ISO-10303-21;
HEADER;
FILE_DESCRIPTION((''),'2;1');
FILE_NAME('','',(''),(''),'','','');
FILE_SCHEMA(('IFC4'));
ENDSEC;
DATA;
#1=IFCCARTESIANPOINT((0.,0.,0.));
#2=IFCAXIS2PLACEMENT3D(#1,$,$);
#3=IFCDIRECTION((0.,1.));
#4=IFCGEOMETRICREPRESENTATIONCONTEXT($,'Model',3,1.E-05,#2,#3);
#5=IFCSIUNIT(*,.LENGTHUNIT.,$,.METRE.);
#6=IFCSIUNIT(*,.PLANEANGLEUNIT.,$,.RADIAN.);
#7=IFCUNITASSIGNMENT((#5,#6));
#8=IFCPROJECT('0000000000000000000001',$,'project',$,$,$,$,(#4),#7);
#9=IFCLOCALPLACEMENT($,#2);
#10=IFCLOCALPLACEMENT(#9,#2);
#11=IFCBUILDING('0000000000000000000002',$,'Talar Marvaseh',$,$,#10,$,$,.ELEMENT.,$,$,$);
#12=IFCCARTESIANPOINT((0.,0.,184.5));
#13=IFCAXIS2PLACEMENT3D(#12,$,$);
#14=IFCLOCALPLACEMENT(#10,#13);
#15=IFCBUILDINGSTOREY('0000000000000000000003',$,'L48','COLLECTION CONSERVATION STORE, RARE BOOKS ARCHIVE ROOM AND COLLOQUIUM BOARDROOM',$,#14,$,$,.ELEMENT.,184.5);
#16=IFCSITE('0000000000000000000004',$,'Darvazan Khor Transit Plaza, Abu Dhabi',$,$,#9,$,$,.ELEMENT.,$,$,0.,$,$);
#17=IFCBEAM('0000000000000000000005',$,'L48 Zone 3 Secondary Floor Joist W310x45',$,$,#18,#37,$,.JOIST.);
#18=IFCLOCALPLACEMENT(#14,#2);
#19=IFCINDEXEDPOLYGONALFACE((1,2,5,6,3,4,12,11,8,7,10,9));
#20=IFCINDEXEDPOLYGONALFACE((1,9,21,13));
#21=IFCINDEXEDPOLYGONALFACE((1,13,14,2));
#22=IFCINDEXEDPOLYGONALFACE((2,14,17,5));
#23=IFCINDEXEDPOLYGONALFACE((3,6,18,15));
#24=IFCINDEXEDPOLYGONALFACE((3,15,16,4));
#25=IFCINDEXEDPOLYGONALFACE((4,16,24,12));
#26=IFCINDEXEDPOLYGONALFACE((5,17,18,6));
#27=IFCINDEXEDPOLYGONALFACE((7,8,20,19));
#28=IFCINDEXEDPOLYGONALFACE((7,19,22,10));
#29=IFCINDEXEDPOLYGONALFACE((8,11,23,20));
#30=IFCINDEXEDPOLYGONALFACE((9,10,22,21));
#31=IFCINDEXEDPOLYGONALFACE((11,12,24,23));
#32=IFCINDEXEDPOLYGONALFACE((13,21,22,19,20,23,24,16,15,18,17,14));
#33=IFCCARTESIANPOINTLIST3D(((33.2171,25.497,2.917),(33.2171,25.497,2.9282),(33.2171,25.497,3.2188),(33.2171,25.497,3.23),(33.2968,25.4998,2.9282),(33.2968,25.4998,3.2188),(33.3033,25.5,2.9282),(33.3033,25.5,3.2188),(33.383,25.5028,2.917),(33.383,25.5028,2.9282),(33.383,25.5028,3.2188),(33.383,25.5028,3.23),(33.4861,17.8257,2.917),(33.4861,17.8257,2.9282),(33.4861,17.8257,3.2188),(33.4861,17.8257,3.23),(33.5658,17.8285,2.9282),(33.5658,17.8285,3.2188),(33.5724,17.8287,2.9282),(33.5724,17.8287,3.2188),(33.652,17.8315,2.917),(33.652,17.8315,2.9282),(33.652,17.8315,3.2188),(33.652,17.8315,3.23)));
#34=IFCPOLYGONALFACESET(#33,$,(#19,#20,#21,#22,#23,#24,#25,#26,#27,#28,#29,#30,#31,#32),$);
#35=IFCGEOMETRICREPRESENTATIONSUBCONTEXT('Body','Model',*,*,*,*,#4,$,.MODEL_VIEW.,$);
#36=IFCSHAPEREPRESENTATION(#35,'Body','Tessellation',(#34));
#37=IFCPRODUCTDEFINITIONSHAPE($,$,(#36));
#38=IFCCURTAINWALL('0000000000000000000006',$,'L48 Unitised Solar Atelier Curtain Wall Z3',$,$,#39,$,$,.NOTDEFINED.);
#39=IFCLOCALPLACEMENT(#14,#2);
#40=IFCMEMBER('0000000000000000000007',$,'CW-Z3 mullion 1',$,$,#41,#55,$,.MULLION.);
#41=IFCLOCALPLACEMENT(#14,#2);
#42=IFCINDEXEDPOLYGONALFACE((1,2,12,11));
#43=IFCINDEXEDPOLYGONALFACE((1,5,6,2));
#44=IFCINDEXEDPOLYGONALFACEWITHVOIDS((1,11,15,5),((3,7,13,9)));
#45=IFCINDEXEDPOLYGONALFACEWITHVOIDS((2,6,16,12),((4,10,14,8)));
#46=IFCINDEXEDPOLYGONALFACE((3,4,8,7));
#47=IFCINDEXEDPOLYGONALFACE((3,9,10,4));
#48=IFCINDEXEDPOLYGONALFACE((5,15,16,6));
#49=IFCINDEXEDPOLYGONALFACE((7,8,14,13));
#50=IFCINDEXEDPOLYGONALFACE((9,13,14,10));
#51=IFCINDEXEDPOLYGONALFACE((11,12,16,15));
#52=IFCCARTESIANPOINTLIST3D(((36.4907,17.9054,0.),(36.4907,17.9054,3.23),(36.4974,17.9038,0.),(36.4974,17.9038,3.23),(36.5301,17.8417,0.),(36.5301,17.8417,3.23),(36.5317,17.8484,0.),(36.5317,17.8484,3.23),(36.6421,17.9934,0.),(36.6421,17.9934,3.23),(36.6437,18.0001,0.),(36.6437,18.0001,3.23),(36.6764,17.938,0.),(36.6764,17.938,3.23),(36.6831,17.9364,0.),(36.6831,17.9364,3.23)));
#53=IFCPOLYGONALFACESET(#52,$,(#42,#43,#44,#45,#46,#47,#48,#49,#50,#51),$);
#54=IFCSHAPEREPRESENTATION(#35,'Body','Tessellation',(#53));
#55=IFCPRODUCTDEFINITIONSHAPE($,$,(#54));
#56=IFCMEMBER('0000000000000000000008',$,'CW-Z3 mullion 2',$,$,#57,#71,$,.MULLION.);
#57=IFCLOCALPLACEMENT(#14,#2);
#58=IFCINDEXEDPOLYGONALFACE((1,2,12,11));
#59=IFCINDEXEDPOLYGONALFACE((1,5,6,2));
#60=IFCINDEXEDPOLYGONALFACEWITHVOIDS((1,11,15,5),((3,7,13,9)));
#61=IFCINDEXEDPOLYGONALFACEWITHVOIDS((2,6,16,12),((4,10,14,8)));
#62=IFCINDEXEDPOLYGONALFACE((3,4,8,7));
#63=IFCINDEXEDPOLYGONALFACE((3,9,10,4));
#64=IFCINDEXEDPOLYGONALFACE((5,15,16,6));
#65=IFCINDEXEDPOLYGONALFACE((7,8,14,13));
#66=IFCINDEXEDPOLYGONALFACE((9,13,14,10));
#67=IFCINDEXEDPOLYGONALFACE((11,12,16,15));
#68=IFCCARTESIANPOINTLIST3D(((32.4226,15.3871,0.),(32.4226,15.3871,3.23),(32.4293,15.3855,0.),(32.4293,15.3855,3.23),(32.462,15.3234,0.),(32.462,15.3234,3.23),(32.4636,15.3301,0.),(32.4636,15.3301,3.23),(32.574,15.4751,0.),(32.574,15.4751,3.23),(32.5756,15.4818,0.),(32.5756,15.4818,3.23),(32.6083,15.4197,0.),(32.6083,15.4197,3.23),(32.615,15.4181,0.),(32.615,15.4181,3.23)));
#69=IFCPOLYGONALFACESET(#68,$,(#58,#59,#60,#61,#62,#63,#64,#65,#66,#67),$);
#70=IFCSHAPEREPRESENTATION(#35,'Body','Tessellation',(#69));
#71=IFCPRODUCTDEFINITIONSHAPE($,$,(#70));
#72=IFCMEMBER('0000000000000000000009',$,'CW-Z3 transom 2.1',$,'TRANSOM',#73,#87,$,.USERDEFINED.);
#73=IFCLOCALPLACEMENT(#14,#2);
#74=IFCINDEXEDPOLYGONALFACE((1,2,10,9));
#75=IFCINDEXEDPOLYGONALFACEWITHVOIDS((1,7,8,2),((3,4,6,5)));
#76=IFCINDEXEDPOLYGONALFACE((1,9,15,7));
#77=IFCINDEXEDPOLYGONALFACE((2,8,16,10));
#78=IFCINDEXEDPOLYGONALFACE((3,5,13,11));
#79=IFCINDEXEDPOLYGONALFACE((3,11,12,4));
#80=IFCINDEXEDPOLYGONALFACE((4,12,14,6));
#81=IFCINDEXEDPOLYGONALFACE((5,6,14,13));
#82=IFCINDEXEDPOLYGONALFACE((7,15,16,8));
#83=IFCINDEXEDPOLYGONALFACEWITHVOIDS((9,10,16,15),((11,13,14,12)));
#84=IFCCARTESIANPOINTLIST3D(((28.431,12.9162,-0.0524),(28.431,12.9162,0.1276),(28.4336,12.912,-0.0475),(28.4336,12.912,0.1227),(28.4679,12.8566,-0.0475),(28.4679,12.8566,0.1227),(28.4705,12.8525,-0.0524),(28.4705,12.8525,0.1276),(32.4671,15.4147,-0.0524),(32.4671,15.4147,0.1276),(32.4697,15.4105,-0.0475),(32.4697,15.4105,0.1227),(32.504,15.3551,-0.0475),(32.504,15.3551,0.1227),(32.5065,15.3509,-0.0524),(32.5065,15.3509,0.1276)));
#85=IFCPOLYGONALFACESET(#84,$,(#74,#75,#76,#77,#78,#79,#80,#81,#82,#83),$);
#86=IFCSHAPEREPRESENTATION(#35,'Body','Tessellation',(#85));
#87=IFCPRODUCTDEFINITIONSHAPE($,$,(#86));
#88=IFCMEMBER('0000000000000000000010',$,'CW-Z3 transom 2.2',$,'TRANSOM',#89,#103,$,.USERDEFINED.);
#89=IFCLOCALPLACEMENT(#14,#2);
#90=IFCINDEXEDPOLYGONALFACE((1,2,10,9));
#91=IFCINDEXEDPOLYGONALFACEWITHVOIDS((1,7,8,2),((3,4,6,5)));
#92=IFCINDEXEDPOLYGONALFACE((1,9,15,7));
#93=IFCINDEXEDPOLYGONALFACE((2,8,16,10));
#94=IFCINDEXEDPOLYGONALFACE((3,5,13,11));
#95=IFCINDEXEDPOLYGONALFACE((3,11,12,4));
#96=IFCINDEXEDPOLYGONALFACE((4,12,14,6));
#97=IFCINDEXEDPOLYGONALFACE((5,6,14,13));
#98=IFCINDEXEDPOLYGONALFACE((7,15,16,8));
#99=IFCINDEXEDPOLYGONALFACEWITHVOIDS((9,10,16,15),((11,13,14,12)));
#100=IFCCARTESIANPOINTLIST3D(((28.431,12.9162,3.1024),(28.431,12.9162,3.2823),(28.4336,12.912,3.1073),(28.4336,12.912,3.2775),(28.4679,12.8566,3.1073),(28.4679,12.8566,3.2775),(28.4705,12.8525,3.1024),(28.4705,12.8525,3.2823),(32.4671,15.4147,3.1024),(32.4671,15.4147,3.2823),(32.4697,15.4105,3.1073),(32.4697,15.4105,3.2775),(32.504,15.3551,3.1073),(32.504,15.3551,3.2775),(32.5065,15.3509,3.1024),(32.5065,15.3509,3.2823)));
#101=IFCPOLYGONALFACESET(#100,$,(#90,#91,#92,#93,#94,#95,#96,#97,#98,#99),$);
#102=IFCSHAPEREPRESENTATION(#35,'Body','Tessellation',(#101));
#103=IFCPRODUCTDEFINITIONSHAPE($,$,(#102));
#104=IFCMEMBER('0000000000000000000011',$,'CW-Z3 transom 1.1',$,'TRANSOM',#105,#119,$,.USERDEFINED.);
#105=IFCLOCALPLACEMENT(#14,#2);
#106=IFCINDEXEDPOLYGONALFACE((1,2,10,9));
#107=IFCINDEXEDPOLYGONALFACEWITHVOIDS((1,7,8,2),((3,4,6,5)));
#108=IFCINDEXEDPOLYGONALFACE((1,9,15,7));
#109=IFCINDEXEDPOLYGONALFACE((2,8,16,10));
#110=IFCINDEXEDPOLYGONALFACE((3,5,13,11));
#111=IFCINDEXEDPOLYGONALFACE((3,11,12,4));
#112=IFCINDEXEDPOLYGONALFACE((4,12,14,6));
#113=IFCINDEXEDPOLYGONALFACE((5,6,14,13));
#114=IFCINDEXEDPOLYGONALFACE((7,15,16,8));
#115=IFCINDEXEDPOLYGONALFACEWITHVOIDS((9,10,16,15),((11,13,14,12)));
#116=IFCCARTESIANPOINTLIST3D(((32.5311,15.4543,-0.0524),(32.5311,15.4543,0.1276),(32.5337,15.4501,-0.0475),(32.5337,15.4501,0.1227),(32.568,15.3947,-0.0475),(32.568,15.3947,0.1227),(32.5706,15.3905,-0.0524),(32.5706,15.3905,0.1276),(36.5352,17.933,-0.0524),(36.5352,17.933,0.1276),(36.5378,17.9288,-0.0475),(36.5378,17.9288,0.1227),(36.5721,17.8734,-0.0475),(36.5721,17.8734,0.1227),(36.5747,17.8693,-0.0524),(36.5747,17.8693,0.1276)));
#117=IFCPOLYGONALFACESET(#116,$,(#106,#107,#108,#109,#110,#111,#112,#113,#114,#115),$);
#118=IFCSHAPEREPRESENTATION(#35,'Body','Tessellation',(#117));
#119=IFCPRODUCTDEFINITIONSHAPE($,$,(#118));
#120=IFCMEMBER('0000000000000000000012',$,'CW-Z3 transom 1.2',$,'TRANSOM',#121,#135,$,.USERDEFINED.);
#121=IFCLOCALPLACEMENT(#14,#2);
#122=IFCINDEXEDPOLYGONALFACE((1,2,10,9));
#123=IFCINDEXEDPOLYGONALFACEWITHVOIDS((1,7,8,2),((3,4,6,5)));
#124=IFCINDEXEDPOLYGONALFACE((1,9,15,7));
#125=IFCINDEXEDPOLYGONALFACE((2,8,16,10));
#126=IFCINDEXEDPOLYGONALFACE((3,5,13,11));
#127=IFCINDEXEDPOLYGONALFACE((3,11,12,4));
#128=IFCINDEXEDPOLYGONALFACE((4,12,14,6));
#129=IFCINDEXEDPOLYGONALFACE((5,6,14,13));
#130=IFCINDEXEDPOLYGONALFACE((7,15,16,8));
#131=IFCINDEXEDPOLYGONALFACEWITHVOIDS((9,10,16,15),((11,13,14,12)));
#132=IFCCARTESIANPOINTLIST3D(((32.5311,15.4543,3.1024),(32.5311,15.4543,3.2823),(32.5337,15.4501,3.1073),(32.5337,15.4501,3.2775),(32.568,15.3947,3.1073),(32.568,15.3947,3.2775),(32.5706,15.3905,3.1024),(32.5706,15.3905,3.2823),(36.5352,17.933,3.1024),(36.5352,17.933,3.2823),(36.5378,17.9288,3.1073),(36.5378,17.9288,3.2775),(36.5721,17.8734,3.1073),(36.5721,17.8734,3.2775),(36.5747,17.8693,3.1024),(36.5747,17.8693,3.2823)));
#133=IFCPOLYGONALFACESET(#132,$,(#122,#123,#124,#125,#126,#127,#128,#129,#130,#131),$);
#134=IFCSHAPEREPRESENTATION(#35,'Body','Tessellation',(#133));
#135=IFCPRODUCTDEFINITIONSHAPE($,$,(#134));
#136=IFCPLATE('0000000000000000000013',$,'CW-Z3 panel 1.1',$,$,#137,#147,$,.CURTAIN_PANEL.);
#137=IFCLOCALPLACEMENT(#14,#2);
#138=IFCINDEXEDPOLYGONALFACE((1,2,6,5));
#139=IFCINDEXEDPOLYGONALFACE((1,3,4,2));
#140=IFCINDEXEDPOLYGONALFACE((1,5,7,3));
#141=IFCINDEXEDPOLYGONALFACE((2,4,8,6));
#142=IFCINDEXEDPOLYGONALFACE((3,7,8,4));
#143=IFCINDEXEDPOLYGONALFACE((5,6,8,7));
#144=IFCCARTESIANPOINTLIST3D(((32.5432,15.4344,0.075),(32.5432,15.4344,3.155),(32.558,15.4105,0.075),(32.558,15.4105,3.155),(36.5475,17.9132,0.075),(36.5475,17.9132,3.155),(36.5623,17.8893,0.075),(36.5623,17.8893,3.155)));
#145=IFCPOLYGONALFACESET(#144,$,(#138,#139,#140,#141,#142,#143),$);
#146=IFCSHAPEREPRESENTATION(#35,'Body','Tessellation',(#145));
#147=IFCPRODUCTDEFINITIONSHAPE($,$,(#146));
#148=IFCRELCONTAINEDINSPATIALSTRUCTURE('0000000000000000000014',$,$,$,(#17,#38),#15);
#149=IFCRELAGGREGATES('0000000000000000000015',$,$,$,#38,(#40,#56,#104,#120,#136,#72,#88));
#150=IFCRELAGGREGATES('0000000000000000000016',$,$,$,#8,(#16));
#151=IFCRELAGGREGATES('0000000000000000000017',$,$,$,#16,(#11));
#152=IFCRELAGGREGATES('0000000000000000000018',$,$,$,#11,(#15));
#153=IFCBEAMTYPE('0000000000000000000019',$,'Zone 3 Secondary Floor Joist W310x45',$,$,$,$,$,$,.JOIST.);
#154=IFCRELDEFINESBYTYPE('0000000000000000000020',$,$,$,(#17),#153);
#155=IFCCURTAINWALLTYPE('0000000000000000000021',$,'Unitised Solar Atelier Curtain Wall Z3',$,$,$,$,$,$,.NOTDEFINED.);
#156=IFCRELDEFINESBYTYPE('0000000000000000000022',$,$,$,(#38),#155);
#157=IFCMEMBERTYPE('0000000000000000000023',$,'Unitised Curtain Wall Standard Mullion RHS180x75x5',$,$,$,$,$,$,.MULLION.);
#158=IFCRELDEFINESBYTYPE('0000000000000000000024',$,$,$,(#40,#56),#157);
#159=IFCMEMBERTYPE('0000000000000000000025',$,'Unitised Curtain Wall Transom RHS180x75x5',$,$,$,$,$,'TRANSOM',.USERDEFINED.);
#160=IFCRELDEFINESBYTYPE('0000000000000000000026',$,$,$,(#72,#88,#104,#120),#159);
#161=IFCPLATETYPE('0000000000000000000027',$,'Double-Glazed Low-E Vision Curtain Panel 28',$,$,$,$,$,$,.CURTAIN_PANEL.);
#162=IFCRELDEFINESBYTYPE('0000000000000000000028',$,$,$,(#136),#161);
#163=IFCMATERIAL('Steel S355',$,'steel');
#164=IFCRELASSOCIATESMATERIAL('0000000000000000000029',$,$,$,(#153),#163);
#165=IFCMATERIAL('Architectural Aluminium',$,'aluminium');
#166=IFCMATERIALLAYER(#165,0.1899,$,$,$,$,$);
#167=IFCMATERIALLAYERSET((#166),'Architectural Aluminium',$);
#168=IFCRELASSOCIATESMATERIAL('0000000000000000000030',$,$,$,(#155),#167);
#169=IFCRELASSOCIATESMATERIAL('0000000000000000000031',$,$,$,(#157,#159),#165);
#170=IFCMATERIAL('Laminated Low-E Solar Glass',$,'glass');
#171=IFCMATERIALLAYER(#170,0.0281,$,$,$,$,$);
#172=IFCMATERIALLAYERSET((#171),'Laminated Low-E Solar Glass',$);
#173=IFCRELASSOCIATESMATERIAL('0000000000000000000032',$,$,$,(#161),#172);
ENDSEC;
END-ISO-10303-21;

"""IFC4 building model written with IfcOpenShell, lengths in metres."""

from ifc_helpers import new_model, si_unit, direction, frame, origin, origin_2d, place, context, subcontext, project, spatial, rectangle, hollow_rectangle, i_section, extrude, source, transform, mapped, material, layer, layer_set, material_profile, profile_set, type_object, type_shapes, element, aggregate, save


model = new_model("IFC4")

# Units and contexts
model_context = context("Model", 3, precision=1e-05, world=origin(), true_north=direction((0.0, 1.0)))
body_context = subcontext(model_context, "Body", "Model", "MODEL_VIEW")
ifc_project = project(units=[si_unit("LENGTHUNIT", "METRE"), si_unit("PLANEANGLEUNIT", "RADIAN")], contexts=[model_context])

# Site, building, storey
site_placement = place(None, origin())
site = spatial("IfcSite", under=ifc_project, at=site_placement, Name="Darvazan Khor Transit Plaza, Abu Dhabi", CompositionType="ELEMENT", RefElevation=0.0)
building_placement = place(site_placement, origin())
building = spatial("IfcBuilding", under=site, at=building_placement, Name="Talar Marvaseh", CompositionType="ELEMENT")
storey_placement = place(building_placement, frame((0.0, 0.0, 184.5)))
storey = spatial("IfcBuildingStorey", under=building, at=storey_placement, Name="L48", Description="COLLECTION CONSERVATION STORE, RARE BOOKS ARCHIVE ROOM AND COLLOQUIUM BOARDROOM", CompositionType="ELEMENT", Elevation=184.5)

# Beam
ifc_material_1 = material(Name="Steel S355", Category="steel")
ifc_material_profile_1 = material_profile(ifc_material_1, i_section(OverallWidth=0.166, OverallDepth=0.313, WebThickness=0.0066, FlangeThickness=0.0112, at=origin_2d()), Name="W310x45")
ifc_profile_set_1 = profile_set([ifc_material_profile_1], Name="Steel S355")
beam_type = type_object("IfcBeamType", Name="Zone 3 Secondary Floor Joist W310x45", PredefinedType="JOIST", material=ifc_profile_set_1)
beam_placement = place(storey_placement, frame((33.5691, 17.8286, 3.0735), z_axis=(-0.035049, 0.999386, 0.0), x_axis=(-0.999386, -0.035049, 0.0)))
element("IfcBeam", 1, at=beam_placement, inside=storey, type_object=beam_type, Name="L48 Zone 3 Secondary Floor Joist W310x45", PredefinedType="JOIST", context=body_context, shape_type="SweptSolid", body=[
    extrude(i_section(OverallWidth=0.166, OverallDepth=0.313, WebThickness=0.0066, FlangeThickness=0.0112, at=origin_2d()), origin(), (0.0, 0.0, 1.0), 7.676),
])

# Curtain wall, members, plate
ifc_material_2 = material(Name="Architectural Aluminium", Category="aluminium")
ifc_layer_1 = layer(ifc_material_2, 0.1899)
ifc_layer_set_1 = layer_set([ifc_layer_1], Name="Architectural Aluminium")
curtain_wall_type = type_object("IfcCurtainWallType", Name="Unitised Solar Atelier Curtain Wall Z3", PredefinedType="NOTDEFINED", material=ifc_layer_set_1)
curtain_wall_placement = place(storey_placement, origin())
curtain_wall = element("IfcCurtainWall", 2, at=curtain_wall_placement, inside=storey, type_object=curtain_wall_type, Name="L48 Unitised Solar Atelier Curtain Wall Z3", PredefinedType="NOTDEFINED")
ifc_material_profile_2 = material_profile(ifc_material_2, hollow_rectangle(XDim=0.075, YDim=0.1799, WallThickness=0.0049, at=origin_2d()), Name="RHS180x75x5")
ifc_profile_set_2 = profile_set([ifc_material_profile_2], Name="Architectural Aluminium")
member_type_1 = type_object("IfcMemberType", Name="Unitised Curtain Wall Standard Mullion RHS180x75x5", PredefinedType="MULLION", material=ifc_profile_set_2)
shared_shape_1 = source(origin(), body_context, "Body", "SweptSolid", [
    extrude(hollow_rectangle(XDim=0.075, YDim=0.1799, WallThickness=0.0049, at=origin_2d()), origin(), (0.0, 0.0, 1.0), 3.23),
])
type_shapes(member_type_1, [shared_shape_1])
member_1_placement = place(storey_placement, frame((36.5869, 17.9209, 0.0), z_axis=(0.0, 0.0, 1.0), x_axis=(0.526349, -0.850268, 0.0)))
member_1 = element("IfcMember", 3, at=member_1_placement, type_object=member_type_1, Name="CW-Z3 mullion 1", PredefinedType="MULLION", context=body_context, shape_type="MappedRepresentation", body=[
    mapped(shared_shape_1, transform((0.0, 0.0, 0.0), x_axis=(1.0, 0.0, 0.0), y_axis=(0.0, 1.0, 0.0), z_axis=(0.0, 0.0, 1.0), scale=1.0)),
])
member_2_placement = place(storey_placement, frame((32.5188, 15.4026, 0.0), z_axis=(0.0, 0.0, 1.0), x_axis=(0.526349, -0.850268, 0.0)))
member_2 = element("IfcMember", 4, at=member_2_placement, type_object=member_type_1, Name="CW-Z3 mullion 2", PredefinedType="MULLION", context=body_context, shape_type="MappedRepresentation", body=[
    mapped(shared_shape_1, transform((0.0, 0.0, 0.0), x_axis=(1.0, 0.0, 0.0), y_axis=(0.0, 1.0, 0.0), z_axis=(0.0, 0.0, 1.0), scale=1.0)),
])
ifc_material_profile_3 = material_profile(ifc_material_2, hollow_rectangle(XDim=0.075, YDim=0.1799, WallThickness=0.0049, at=origin_2d()), Name="RHS180x75x5")
ifc_profile_set_3 = profile_set([ifc_material_profile_3], Name="Architectural Aluminium")
member_type_2 = type_object("IfcMemberType", Name="Unitised Curtain Wall Transom RHS180x75x5", ElementType="TRANSOM", PredefinedType="USERDEFINED", material=ifc_profile_set_3)
shared_shape_2 = source(origin(), body_context, "Body", "SweptSolid", [
    extrude(hollow_rectangle(XDim=0.075, YDim=0.1799, WallThickness=0.0049, at=origin_2d()), origin(), (0.0, 0.0, 1.0), 4.7468),
])
member_3_placement = place(storey_placement, frame((32.4868, 15.3828, 0.0376), z_axis=(-0.850267, -0.526351, 0.0), x_axis=(0.526351, -0.850267, 0.0)))
member_3 = element("IfcMember", 5, at=member_3_placement, type_object=member_type_2, Name="CW-Z3 transom 2.1", ObjectType="TRANSOM", PredefinedType="USERDEFINED", context=body_context, shape_type="MappedRepresentation", body=[
    mapped(shared_shape_2, transform((0.0, 0.0, 0.0), x_axis=(1.0, 0.0, 0.0), y_axis=(0.0, 1.0, 0.0), z_axis=(0.0, 0.0, 1.0), scale=1.0)),
])
member_4_placement = place(storey_placement, frame((32.4868, 15.3828, 3.1924), z_axis=(-0.850267, -0.526351, 0.0), x_axis=(0.526351, -0.850267, 0.0)))
member_4 = element("IfcMember", 6, at=member_4_placement, type_object=member_type_2, Name="CW-Z3 transom 2.2", ObjectType="TRANSOM", PredefinedType="USERDEFINED", context=body_context, shape_type="MappedRepresentation", body=[
    mapped(shared_shape_2, transform((0.0, 0.0, 0.0), x_axis=(1.0, 0.0, 0.0), y_axis=(0.0, 1.0, 0.0), z_axis=(0.0, 0.0, 1.0), scale=1.0)),
])
shared_shape_3 = source(origin(), body_context, "Body", "SweptSolid", [
    extrude(hollow_rectangle(XDim=0.075, YDim=0.1799, WallThickness=0.0049, at=origin_2d()), origin(), (0.0, 0.0, 1.0), 4.7092),
])
type_shapes(member_type_2, [shared_shape_2, shared_shape_3])
member_5_placement = place(storey_placement, frame((36.5549, 17.9011, 0.0376), z_axis=(-0.850265, -0.526355, 0.0), x_axis=(0.526355, -0.850265, 0.0)))
member_5 = element("IfcMember", 7, at=member_5_placement, type_object=member_type_2, Name="CW-Z3 transom 1.1", ObjectType="TRANSOM", PredefinedType="USERDEFINED", context=body_context, shape_type="MappedRepresentation", body=[
    mapped(shared_shape_3, transform((0.0, 0.0, 0.0), x_axis=(1.0, 0.0, 0.0), y_axis=(0.0, 1.0, 0.0), z_axis=(0.0, 0.0, 1.0), scale=1.0)),
])
member_6_placement = place(storey_placement, frame((36.5549, 17.9011, 3.1924), z_axis=(-0.850265, -0.526355, 0.0), x_axis=(0.526355, -0.850265, 0.0)))
member_6 = element("IfcMember", 8, at=member_6_placement, type_object=member_type_2, Name="CW-Z3 transom 1.2", ObjectType="TRANSOM", PredefinedType="USERDEFINED", context=body_context, shape_type="MappedRepresentation", body=[
    mapped(shared_shape_3, transform((0.0, 0.0, 0.0), x_axis=(1.0, 0.0, 0.0), y_axis=(0.0, 1.0, 0.0), z_axis=(0.0, 0.0, 1.0), scale=1.0)),
])
ifc_material_3 = material(Name="Laminated Low-E Solar Glass", Category="glass")
ifc_layer_2 = layer(ifc_material_3, 0.0281)
ifc_layer_set_2 = layer_set([ifc_layer_2], Name="Laminated Low-E Solar Glass")
plate_type = type_object("IfcPlateType", Name="Double-Glazed Low-E Vision Curtain Panel 28", PredefinedType="CURTAIN_PANEL", material=ifc_layer_set_2)
shared_shape_4 = source(origin(), body_context, "Body", "SweptSolid", [
    extrude(rectangle(XDim=4.7095, YDim=0.0281, at=origin_2d()), origin(), (0.0, 0.0, 1.0), 3.0801),
])
type_shapes(plate_type, [shared_shape_4])
plate_placement = place(storey_placement, frame((34.5527, 16.6619, 0.075), z_axis=(0.0, 0.0, 1.0), x_axis=(-0.850268, -0.526349, 0.0)))
plate = element("IfcPlate", 9, at=plate_placement, type_object=plate_type, Name="CW-Z3 panel 1.1", PredefinedType="CURTAIN_PANEL", context=body_context, shape_type="MappedRepresentation", body=[
    mapped(shared_shape_4, transform((0.0, 0.0, 0.0), x_axis=(1.0, 0.0, 0.0), y_axis=(0.0, 1.0, 0.0), z_axis=(0.0, 0.0, 1.0), scale=1.0)),
])
aggregate(curtain_wall, [member_1, member_2, member_5, member_6, plate, member_3, member_4])

save(model, "model.ifc")
